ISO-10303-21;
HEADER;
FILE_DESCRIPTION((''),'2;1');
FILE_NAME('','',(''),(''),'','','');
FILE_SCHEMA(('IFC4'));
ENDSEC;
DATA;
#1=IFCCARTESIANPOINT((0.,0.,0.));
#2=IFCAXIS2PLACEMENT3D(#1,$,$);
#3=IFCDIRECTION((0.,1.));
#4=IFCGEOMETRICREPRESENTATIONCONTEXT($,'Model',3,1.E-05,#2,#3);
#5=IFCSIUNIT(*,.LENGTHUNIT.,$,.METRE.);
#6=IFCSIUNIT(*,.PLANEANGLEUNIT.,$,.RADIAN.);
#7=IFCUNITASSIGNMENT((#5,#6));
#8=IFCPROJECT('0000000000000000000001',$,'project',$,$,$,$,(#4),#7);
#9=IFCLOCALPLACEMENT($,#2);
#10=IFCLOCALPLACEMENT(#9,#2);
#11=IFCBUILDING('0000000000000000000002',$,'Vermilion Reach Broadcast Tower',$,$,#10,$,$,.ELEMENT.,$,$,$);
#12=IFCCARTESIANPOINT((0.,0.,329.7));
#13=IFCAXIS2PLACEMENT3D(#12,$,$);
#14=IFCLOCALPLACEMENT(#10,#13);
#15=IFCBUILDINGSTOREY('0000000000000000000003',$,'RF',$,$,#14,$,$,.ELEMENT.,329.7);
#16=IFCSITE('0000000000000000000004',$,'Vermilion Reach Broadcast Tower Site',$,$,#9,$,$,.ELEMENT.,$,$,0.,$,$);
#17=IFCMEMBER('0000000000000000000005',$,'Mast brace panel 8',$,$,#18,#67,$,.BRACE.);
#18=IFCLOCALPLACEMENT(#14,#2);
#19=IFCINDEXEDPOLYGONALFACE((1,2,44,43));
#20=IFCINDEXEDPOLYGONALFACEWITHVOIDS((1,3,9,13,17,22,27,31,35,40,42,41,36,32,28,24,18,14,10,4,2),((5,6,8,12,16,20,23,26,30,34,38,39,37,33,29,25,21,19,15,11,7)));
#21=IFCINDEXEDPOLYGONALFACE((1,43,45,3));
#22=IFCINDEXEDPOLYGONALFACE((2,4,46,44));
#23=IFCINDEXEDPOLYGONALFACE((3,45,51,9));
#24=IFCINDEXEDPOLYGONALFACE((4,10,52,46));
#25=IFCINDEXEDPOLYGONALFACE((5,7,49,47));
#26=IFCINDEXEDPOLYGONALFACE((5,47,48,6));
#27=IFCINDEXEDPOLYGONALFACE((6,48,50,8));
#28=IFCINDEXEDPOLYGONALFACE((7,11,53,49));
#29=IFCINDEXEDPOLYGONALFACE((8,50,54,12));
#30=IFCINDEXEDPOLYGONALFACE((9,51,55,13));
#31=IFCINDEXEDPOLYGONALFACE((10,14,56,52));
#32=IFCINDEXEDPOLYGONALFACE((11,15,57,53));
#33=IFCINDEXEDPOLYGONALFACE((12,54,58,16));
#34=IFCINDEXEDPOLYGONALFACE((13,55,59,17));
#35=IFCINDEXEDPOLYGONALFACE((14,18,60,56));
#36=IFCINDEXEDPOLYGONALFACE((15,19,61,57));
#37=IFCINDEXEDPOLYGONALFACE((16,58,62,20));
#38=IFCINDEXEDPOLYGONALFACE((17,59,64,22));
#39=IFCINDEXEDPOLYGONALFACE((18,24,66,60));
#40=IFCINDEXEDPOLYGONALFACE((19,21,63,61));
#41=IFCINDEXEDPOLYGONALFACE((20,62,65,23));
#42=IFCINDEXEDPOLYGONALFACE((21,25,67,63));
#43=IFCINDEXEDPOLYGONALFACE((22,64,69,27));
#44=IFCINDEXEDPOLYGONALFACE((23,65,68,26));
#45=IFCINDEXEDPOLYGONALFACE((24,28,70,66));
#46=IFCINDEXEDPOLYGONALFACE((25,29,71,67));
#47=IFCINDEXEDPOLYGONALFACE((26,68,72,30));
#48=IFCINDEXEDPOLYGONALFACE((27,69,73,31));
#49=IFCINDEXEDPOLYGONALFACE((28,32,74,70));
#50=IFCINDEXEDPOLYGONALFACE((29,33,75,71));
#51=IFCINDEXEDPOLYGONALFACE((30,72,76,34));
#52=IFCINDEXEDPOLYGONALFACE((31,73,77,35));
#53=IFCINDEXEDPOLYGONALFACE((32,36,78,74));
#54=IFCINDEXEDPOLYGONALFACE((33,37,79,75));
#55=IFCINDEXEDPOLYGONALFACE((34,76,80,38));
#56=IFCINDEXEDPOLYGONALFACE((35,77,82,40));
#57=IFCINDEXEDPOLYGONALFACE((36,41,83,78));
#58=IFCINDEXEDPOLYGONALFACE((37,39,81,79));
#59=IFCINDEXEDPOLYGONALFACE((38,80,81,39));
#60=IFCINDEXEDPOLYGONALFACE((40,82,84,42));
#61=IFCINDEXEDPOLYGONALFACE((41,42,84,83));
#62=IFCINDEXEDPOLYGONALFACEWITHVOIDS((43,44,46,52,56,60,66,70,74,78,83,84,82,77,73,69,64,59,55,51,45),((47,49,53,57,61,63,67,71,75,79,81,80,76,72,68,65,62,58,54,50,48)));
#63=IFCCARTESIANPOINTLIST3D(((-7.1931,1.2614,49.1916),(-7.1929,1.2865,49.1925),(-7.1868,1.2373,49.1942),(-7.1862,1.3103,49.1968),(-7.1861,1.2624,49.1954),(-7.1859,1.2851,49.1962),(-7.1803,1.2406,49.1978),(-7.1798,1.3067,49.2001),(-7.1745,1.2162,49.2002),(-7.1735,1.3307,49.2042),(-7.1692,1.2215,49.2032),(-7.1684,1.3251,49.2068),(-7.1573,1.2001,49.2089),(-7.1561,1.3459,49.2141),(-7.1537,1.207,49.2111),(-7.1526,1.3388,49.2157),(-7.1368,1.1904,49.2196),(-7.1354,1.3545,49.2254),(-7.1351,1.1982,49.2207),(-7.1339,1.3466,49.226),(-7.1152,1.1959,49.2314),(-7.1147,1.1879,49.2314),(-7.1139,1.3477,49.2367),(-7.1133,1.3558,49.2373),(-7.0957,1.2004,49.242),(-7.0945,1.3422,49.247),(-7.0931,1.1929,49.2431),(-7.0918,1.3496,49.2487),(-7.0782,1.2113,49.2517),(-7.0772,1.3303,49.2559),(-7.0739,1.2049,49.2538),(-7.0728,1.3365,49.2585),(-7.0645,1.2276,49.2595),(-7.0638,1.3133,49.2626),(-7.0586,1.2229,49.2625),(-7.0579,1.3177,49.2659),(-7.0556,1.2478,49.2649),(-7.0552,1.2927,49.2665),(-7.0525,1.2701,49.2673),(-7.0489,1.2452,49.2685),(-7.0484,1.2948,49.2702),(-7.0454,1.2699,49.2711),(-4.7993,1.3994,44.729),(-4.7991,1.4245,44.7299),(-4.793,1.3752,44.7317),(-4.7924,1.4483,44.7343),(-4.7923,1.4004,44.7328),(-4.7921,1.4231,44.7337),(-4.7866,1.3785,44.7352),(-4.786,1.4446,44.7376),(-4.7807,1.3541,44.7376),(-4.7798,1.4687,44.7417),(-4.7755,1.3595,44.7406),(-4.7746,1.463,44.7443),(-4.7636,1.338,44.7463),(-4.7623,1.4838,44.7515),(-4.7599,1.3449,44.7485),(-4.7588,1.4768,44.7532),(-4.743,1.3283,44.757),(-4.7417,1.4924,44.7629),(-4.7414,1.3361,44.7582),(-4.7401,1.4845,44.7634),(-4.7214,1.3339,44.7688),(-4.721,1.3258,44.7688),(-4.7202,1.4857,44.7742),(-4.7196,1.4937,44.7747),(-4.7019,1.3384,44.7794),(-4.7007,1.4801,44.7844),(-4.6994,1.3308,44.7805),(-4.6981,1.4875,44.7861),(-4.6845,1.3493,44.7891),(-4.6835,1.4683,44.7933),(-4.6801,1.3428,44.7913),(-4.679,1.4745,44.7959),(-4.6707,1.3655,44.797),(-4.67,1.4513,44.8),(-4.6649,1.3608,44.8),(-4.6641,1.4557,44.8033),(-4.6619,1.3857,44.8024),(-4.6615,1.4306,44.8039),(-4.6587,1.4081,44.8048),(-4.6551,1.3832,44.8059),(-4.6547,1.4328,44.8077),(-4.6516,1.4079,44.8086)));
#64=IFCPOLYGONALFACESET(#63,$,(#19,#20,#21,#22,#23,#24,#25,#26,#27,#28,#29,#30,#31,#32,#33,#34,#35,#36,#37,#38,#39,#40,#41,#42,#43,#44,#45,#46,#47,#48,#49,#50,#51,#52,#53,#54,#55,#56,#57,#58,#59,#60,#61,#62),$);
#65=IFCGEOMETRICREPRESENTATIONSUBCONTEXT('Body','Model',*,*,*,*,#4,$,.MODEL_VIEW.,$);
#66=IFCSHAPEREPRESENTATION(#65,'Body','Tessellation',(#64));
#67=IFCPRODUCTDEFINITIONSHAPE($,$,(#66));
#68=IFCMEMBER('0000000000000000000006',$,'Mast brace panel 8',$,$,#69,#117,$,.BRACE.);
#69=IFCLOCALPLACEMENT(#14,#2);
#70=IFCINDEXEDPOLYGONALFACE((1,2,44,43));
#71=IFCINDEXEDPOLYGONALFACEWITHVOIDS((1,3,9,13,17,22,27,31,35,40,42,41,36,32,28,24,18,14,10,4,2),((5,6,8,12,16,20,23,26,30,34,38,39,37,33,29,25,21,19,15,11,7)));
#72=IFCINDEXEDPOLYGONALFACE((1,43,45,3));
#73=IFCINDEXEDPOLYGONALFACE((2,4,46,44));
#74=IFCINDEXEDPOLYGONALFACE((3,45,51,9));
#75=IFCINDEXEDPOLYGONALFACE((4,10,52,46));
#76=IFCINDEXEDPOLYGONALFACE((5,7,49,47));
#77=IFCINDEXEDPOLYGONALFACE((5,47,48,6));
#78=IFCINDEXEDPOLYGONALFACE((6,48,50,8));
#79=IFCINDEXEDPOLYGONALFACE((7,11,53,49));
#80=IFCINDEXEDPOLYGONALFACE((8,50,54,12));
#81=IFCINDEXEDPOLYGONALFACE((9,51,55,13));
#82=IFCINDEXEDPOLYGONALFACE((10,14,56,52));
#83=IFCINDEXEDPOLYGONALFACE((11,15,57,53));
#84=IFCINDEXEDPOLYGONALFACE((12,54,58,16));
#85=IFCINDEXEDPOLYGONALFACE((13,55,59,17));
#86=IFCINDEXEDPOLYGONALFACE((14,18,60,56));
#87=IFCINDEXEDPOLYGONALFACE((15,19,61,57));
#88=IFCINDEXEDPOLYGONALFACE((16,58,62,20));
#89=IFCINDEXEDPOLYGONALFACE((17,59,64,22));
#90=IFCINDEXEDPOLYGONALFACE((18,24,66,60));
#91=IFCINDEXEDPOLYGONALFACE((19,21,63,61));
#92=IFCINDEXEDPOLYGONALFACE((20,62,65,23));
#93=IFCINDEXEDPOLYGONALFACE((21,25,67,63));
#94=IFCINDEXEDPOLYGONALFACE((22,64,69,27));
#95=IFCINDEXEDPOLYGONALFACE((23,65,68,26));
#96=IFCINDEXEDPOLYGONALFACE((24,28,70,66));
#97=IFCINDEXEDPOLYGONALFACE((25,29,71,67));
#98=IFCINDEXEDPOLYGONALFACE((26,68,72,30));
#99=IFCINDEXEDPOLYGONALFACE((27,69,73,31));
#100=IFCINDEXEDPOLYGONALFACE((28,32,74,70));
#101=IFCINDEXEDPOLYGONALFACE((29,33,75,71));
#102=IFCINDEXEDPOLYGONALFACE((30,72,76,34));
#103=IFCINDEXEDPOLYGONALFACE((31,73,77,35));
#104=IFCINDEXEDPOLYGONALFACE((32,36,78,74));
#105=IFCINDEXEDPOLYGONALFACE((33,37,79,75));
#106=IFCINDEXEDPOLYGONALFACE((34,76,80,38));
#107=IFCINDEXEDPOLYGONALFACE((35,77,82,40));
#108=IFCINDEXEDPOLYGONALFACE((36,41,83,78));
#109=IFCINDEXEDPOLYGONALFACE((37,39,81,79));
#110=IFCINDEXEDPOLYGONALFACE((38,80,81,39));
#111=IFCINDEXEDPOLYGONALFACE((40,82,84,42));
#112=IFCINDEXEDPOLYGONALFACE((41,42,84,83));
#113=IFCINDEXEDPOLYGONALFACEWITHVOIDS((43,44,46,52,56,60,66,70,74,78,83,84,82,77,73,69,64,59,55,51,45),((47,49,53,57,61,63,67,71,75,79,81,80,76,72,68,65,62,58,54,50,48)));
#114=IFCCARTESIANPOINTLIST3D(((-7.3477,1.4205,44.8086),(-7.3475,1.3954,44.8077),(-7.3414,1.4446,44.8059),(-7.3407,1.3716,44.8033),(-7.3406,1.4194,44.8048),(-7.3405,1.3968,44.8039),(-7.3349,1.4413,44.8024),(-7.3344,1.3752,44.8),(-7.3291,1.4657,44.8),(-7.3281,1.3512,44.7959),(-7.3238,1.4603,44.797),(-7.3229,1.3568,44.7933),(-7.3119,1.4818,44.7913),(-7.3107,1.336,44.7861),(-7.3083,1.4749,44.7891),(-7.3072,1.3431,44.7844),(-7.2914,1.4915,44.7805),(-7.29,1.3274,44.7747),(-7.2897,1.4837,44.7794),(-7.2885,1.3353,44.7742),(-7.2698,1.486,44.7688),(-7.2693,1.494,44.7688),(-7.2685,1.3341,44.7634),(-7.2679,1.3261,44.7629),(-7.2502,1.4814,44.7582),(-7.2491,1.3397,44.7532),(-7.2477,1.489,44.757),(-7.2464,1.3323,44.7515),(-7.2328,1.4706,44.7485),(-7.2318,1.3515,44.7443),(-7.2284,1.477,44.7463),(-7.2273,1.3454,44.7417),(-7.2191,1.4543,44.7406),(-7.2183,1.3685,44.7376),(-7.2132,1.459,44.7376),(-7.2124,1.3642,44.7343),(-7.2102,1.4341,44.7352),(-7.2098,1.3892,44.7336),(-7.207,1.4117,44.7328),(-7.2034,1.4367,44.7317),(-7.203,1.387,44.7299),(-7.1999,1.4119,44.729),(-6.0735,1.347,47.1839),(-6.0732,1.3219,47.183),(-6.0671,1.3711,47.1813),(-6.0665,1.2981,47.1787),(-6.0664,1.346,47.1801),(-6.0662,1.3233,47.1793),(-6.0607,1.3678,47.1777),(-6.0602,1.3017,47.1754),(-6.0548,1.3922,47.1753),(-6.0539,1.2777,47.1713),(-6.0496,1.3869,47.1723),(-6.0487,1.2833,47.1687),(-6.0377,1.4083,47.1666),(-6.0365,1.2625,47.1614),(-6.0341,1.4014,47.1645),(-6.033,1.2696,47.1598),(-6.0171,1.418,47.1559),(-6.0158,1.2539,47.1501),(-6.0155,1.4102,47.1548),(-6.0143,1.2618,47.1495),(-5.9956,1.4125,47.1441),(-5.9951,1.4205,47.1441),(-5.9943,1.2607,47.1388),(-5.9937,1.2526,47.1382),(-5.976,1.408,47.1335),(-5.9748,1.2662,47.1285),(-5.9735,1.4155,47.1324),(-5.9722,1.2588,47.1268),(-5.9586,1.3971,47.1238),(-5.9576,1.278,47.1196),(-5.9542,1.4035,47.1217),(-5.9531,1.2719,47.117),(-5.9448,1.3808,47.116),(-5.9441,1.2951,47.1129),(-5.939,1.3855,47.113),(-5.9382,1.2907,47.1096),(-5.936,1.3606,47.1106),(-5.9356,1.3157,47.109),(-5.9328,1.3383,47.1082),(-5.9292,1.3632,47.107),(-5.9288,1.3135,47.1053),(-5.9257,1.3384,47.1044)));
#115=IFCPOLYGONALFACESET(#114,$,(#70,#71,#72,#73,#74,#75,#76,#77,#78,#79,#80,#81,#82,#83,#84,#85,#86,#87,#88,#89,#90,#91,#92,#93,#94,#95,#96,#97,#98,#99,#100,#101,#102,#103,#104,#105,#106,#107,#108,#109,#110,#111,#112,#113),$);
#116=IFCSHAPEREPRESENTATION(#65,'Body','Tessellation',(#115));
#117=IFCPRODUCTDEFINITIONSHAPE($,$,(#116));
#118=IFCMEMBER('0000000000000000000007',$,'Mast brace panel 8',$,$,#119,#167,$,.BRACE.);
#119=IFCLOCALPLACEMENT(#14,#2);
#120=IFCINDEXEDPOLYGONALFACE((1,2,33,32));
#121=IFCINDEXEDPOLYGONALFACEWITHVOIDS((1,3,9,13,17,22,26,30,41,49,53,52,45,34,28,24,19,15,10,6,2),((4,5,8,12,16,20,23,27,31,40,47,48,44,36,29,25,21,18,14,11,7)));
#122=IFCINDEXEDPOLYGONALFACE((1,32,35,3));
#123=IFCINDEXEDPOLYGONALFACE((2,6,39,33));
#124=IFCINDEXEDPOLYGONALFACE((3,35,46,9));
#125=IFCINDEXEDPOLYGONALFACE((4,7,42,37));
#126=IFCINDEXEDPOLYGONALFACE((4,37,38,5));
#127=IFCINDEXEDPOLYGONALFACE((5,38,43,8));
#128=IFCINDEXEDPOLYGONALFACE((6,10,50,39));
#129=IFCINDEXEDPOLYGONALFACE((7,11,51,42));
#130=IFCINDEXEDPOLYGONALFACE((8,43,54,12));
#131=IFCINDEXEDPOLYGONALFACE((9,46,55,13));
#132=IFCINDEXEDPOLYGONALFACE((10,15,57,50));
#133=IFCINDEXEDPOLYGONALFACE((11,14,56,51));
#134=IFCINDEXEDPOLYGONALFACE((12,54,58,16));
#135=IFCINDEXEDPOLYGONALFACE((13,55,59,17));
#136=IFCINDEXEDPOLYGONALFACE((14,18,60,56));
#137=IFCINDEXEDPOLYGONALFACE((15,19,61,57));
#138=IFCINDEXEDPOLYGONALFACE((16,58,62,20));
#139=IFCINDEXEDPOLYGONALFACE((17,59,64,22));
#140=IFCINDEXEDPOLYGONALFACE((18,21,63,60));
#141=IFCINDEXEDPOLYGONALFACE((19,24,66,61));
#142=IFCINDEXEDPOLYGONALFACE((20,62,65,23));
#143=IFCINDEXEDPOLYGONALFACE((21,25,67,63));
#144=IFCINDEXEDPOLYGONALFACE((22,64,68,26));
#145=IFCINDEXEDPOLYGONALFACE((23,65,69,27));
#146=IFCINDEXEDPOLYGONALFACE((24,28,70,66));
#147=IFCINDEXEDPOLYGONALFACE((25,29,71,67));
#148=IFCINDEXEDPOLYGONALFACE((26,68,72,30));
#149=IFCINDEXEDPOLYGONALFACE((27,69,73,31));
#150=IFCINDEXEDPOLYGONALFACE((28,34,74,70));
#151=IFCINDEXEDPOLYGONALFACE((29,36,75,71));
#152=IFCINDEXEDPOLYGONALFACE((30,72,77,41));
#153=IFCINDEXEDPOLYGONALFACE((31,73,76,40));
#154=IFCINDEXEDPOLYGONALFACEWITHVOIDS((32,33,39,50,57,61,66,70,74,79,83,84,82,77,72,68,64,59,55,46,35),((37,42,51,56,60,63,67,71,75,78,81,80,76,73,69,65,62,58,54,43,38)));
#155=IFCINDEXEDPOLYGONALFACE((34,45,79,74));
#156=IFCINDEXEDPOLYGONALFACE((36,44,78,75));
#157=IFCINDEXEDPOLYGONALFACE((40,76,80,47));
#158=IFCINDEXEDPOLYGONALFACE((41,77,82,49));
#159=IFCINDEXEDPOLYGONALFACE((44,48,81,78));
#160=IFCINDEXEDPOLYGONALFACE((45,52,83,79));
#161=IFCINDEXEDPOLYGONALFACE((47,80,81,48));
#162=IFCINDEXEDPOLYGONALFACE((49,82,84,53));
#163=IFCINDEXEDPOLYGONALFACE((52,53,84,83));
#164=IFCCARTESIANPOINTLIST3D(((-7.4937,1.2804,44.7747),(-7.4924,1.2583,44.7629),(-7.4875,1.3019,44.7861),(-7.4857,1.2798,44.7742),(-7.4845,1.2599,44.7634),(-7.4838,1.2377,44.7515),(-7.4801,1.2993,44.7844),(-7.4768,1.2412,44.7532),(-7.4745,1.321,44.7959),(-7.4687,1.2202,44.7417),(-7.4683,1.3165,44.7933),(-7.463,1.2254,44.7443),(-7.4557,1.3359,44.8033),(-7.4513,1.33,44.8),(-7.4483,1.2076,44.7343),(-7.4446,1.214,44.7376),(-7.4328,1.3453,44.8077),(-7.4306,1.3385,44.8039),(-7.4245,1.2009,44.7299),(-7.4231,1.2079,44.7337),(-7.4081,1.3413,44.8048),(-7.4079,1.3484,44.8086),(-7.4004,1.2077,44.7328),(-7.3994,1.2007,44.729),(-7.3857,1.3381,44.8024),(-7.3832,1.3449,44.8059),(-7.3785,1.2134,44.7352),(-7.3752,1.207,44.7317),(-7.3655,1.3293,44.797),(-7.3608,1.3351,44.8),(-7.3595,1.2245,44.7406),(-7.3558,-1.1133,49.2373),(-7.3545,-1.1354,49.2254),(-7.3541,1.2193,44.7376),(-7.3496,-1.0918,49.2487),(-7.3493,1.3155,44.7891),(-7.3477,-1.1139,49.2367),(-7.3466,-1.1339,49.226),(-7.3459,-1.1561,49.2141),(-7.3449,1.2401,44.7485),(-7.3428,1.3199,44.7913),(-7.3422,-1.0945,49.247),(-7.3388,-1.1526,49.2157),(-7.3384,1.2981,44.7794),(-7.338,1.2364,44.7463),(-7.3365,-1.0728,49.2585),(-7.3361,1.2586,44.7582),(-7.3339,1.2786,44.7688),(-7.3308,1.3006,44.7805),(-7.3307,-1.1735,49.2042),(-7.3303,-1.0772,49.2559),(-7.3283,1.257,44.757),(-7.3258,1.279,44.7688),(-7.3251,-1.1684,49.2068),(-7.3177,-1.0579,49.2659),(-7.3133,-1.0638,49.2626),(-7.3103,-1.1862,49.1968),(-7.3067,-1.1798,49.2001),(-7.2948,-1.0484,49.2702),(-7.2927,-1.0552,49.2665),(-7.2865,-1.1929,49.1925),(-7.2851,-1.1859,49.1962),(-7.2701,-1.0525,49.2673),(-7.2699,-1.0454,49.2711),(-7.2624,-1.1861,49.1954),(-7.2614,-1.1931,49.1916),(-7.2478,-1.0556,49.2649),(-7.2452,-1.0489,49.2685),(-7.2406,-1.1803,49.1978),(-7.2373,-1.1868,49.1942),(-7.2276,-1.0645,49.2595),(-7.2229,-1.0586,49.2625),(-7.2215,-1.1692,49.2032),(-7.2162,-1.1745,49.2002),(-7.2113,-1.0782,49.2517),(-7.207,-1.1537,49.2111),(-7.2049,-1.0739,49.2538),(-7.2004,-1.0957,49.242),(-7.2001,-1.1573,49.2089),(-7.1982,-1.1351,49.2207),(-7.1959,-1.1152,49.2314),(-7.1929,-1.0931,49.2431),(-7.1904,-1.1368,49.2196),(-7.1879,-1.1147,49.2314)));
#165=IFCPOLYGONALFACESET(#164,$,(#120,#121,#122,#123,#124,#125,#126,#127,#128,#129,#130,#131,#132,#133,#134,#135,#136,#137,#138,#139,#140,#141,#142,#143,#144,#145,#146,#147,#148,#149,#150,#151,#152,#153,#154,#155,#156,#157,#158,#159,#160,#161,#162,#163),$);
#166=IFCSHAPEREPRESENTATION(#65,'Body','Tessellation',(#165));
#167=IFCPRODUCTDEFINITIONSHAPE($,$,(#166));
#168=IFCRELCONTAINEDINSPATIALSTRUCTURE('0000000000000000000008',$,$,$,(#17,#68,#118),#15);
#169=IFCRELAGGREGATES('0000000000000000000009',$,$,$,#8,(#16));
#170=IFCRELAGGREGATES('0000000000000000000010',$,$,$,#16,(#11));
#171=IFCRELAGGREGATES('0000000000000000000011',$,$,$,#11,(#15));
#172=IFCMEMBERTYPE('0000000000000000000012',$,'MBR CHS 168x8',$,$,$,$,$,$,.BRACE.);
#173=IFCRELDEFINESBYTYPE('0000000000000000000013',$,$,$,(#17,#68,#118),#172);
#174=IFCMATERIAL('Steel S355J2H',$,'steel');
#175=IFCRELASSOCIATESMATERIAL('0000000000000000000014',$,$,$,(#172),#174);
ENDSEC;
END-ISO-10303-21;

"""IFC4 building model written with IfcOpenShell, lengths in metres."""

from ifc_helpers import new_model, si_unit, direction, frame, origin, origin_2d, place, context, subcontext, project, spatial, hollow_circle, extrude, material, material_profile, profile_set, type_object, element, save


model = new_model("IFC4")

# Units and contexts
model_context = context("Model", 3, precision=1e-05, world=origin(), true_north=direction((0.0, 1.0)))
body_context = subcontext(model_context, "Body", "Model", "MODEL_VIEW")
ifc_project = project(units=[si_unit("LENGTHUNIT", "METRE"), si_unit("PLANEANGLEUNIT", "RADIAN")], contexts=[model_context])

# Site, building, storey
site_placement = place(None, origin())
site = spatial("IfcSite", under=ifc_project, at=site_placement, Name="Vermilion Reach Broadcast Tower Site", CompositionType="ELEMENT", RefElevation=0.0)
building_placement = place(site_placement, origin())
building = spatial("IfcBuilding", under=site, at=building_placement, Name="Vermilion Reach Broadcast Tower", CompositionType="ELEMENT")
storey_placement = place(building_placement, frame((0.0, 0.0, 329.7)))
storey = spatial("IfcBuildingStorey", under=building, at=storey_placement, Name="RF", CompositionType="ELEMENT", Elevation=329.7)

# Members
ifc_material_1 = material(Name="Steel S355J2H", Category="steel")
ifc_material_profile_1 = material_profile(ifc_material_1, hollow_circle(Radius=0.0842, WallThickness=0.0081, at=origin_2d()), Name="S355J2H CHS 168x8")
ifc_profile_set_1 = profile_set([ifc_material_profile_1], Name="Steel S355J2H")
member_type_1 = type_object("IfcMemberType", Name="MBR CHS 168x8", PredefinedType="BRACE", material=ifc_profile_set_1)
member_1_placement = place(storey_placement, frame((-4.7258, 1.4099, 44.7688), z_axis=(-0.472521, -0.027228, 0.880899), x_axis=(0.057528, -0.998344, 0.0)))
element("IfcMember", 1, at=member_1_placement, inside=storey, type_object=member_type_1, Name="Mast brace panel 8", PredefinedType="BRACE", context=body_context, shape_type="SweptSolid", body=[
    extrude(hollow_circle(Radius=0.0842, WallThickness=0.0081, at=origin_2d()), origin(), (0.0, 0.0, 1.0), 5.0659),
])
member_2_placement = place(storey_placement, frame((-7.2742, 1.4099, 44.7688), z_axis=(0.472541, -0.027253, 0.880887), x_axis=(0.057578, 0.998341, 0.0)))
element("IfcMember", 2, at=member_2_placement, inside=storey, type_object=member_type_1, Name="Mast brace panel 8", PredefinedType="BRACE", context=body_context, shape_type="SweptSolid", body=[
    extrude(hollow_circle(Radius=0.0842, WallThickness=0.0081, at=origin_2d()), origin(), (0.0, 0.0, 1.0), 2.6965),
])
member_3_placement = place(storey_placement, frame((-7.4099, 1.2742, 44.7688), z_axis=(0.027228, -0.472521, 0.880899), x_axis=(0.998344, 0.057528, 0.0)))
element("IfcMember", 3, at=member_3_placement, inside=storey, type_object=member_type_1, Name="Mast brace panel 8", PredefinedType="BRACE", context=body_context, shape_type="SweptSolid", body=[
    extrude(hollow_circle(Radius=0.0842, WallThickness=0.0081, at=origin_2d()), origin(), (0.0, 0.0, 1.0), 5.0659),
])

save(model, "model.ifc")
